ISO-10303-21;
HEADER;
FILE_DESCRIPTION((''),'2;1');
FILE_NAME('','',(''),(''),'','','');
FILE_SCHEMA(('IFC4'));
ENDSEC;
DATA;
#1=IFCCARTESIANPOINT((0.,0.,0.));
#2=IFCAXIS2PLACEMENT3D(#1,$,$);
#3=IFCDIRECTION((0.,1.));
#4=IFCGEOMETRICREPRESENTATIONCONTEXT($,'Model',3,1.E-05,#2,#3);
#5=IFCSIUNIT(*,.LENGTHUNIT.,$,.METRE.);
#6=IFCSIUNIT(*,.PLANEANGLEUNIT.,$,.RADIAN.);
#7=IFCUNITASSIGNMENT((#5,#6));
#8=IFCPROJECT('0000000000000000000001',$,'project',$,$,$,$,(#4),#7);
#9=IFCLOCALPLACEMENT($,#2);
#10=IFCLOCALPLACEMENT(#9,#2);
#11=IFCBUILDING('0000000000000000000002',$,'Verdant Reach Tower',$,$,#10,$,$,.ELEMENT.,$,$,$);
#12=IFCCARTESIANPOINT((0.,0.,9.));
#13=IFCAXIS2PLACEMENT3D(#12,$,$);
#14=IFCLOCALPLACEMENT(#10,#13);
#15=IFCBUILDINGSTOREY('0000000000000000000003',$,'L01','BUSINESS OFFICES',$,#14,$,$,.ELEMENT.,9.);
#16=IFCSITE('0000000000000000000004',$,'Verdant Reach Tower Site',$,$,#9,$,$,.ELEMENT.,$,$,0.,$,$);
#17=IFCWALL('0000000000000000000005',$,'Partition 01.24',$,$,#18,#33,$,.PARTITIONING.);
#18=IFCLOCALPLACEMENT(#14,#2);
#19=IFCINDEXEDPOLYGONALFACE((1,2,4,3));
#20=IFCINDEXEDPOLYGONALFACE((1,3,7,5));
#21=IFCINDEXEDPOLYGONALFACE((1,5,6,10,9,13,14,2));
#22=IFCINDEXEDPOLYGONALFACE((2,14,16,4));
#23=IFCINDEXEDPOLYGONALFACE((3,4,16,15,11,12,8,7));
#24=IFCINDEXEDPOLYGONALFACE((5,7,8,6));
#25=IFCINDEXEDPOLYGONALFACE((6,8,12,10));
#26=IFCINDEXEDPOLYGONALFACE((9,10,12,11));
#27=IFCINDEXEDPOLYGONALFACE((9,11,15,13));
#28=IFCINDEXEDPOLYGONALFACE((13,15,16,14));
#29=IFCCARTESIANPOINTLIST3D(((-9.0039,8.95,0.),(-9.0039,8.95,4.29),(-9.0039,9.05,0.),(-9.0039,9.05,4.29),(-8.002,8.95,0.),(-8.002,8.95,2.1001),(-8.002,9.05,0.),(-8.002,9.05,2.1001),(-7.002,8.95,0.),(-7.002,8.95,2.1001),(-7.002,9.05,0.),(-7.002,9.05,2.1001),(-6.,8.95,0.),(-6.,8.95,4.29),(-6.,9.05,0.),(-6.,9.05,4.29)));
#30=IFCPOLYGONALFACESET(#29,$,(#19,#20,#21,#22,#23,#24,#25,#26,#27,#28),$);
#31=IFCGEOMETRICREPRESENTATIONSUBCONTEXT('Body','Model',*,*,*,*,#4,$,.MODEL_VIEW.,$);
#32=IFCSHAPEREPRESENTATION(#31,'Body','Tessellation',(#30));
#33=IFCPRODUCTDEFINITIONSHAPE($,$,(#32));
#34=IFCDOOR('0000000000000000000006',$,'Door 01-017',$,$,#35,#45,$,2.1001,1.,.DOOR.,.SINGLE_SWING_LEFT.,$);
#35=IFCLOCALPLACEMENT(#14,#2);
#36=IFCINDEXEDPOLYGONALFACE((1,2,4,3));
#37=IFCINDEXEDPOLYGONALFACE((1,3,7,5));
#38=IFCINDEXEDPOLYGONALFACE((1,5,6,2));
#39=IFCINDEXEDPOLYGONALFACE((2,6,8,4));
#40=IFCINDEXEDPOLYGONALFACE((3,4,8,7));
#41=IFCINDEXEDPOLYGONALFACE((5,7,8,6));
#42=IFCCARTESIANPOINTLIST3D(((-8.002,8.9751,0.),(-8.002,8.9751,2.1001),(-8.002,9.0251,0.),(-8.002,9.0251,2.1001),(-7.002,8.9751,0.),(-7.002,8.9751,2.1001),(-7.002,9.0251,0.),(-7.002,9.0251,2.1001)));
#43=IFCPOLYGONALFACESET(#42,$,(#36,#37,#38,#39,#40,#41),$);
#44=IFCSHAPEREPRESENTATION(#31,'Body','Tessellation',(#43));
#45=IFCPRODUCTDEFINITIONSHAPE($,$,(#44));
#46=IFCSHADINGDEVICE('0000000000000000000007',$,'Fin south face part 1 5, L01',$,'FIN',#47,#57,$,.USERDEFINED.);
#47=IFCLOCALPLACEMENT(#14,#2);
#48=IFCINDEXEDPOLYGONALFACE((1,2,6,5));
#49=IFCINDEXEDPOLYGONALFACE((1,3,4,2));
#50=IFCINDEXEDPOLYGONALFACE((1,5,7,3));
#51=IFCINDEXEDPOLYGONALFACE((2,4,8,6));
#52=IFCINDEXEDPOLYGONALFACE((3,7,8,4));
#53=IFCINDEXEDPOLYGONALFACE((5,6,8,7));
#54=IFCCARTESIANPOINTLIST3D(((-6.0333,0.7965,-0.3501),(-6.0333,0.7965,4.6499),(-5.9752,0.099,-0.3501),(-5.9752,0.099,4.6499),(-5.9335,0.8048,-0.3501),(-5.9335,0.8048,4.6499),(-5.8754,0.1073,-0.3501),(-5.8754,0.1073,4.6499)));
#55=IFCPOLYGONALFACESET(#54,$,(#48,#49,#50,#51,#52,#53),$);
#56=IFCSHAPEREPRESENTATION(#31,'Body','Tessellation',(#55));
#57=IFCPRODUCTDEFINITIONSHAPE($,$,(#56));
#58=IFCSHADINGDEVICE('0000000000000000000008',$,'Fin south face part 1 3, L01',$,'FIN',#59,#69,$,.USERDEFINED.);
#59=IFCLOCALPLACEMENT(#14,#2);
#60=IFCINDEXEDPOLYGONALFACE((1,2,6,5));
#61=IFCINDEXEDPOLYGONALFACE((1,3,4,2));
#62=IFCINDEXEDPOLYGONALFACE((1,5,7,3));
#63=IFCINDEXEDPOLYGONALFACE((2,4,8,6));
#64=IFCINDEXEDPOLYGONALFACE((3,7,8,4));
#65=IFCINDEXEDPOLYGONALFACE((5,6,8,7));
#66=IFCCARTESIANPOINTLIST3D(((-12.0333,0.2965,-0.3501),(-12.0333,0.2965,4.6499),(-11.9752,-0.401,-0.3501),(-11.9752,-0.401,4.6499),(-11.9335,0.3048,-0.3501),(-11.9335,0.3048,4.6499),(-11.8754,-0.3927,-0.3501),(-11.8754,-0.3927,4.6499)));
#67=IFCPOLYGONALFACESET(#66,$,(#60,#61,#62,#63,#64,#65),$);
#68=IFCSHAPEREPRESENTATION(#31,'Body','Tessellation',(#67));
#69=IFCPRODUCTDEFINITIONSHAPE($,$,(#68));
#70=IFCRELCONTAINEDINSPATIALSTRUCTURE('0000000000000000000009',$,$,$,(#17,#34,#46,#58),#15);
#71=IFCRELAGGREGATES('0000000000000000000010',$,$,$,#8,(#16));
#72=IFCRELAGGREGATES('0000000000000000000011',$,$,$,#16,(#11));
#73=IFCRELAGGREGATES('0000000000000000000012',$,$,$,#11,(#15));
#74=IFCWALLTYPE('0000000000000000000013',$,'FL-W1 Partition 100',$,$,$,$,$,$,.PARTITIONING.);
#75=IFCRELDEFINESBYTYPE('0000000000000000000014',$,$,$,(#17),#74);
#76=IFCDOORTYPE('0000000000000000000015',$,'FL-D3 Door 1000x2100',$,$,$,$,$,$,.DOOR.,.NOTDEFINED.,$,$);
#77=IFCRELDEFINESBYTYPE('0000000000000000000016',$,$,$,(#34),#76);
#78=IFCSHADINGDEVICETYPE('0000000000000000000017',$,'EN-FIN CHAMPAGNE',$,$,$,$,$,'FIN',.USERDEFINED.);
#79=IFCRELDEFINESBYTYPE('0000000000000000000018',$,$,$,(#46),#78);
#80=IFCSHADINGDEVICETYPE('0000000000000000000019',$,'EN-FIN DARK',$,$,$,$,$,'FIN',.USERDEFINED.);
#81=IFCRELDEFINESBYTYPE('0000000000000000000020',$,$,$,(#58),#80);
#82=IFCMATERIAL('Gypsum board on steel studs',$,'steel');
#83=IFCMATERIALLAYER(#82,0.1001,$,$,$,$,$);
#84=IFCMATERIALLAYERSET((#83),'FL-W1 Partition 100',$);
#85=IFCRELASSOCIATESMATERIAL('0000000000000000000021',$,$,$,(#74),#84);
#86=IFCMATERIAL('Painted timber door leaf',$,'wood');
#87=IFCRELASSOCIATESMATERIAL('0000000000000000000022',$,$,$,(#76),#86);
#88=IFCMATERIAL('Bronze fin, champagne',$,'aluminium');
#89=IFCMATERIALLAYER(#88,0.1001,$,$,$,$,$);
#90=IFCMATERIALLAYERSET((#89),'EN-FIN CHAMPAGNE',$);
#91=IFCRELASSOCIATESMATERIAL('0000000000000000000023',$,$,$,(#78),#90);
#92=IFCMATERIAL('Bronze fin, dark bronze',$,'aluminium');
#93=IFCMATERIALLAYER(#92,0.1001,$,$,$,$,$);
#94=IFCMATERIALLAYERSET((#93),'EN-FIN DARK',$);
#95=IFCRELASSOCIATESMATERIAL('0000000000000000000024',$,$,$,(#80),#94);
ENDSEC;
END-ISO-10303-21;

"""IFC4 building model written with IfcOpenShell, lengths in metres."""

from ifc_helpers import new_model, si_unit, direction, frame, frame_2d, origin, origin_2d, place, context, subcontext, project, spatial, rectangle, extrude, material, layer, layer_set, type_object, element, fill, save


model = new_model("IFC4")

# Units and contexts
model_context = context("Model", 3, precision=1e-05, world=origin(), true_north=direction((0.0, 1.0)))
body_context = subcontext(model_context, "Body", "Model", "MODEL_VIEW")
ifc_project = project(units=[si_unit("LENGTHUNIT", "METRE"), si_unit("PLANEANGLEUNIT", "RADIAN")], contexts=[model_context])

# Site, building, storey
site_placement = place(None, origin())
site = spatial("IfcSite", under=ifc_project, at=site_placement, Name="Verdant Reach Tower Site", CompositionType="ELEMENT", RefElevation=0.0)
building_placement = place(site_placement, origin())
building = spatial("IfcBuilding", under=site, at=building_placement, Name="Verdant Reach Tower", CompositionType="ELEMENT")
storey_placement = place(building_placement, frame((0.0, 0.0, 9.0)))
storey = spatial("IfcBuildingStorey", under=building, at=storey_placement, Name="L01", Description="BUSINESS OFFICES", CompositionType="ELEMENT", Elevation=9.0)

# Shared definitions
ifc_material_1 = material(Name="Gypsum board on steel studs", Category="steel")
ifc_layer_1 = layer(ifc_material_1, 0.1001)
ifc_layer_set_1 = layer_set([ifc_layer_1], Name="FL-W1 Partition 100")
wall_type = type_object("IfcWallType", Name="FL-W1 Partition 100", PredefinedType="PARTITIONING", material=ifc_layer_set_1)

# Shared definitions
ifc_material_2 = material(Name="Painted timber door leaf", Category="wood")
door_type = type_object("IfcDoorType", Name="FL-D3 Door 1000x2100", OperationType="NOTDEFINED", PredefinedType="DOOR", material=ifc_material_2)

# Wall, opening, door
wall_1_placement = place(storey_placement, frame((-6.0, 9.0, 0.0), z_axis=(0.0, 0.0, 1.0), x_axis=(-1.0, 0.0, 0.0)))
wall_1 = element("IfcWall", 1, at=wall_1_placement, inside=storey, type_object=wall_type, Name="Partition 01.24", PredefinedType="PARTITIONING", context=body_context, shape_type="SweptSolid", body=[
    extrude(rectangle(XDim=3.0039, YDim=0.1001, at=frame_2d((1.502, 0.0))), origin(), (0.0, 0.0, 1.0), 4.29),
])
opening_1_placement = place(wall_1_placement, frame((1.002, 0.0, 0.0)))
opening_1 = element("IfcOpeningElement", 2, at=opening_1_placement, cuts=wall_1, PredefinedType="OPENING", context=body_context, shape_type="SweptSolid", body=[
    extrude(rectangle(XDim=1.0, YDim=2.1001, at=frame_2d((0.5, 1.05))), frame((0.0, 0.0601, 0.0), z_axis=(0.0, -1.0, 0.0), x_axis=(1.0, 0.0, 0.0)), (0.0, 0.0, 1.0), 0.1201),
])
door_1_placement = place(opening_1_placement, origin())
door_1 = element("IfcDoor", 3, at=door_1_placement, inside=storey, type_object=door_type, Name="Door 01-017", OperationType="SINGLE_SWING_LEFT", OverallHeight=2.1001, OverallWidth=1.0, PredefinedType="DOOR", context=body_context, shape_type="SweptSolid", body=[
    extrude(rectangle(XDim=1.0, YDim=2.1001, at=frame_2d((0.5, 1.05))), frame((0.0, 0.0249, 0.0), z_axis=(0.0, -1.0, 0.0), x_axis=(1.0, 0.0, 0.0)), (0.0, 0.0, 1.0), 0.05),
])
fill(opening_1, door_1)

# Shading devices
ifc_material_3 = material(Name="Bronze fin, champagne", Category="aluminium")
ifc_layer_2 = layer(ifc_material_3, 0.1001)
ifc_layer_set_2 = layer_set([ifc_layer_2], Name="EN-FIN CHAMPAGNE")
shading_device_type_1 = type_object("IfcShadingDeviceType", Name="EN-FIN CHAMPAGNE", ElementType="FIN", PredefinedType="USERDEFINED", material=ifc_layer_set_2)
shading_device_1_placement = place(storey_placement, frame((-5.9543, 0.4519, -0.3501), z_axis=(0.0, 0.0, 1.0), x_axis=(0.996546, 0.083045, 0.0)))
element("IfcShadingDevice", 4, at=shading_device_1_placement, inside=storey, type_object=shading_device_type_1, Name="Fin south face part 1 5, L01", ObjectType="FIN", PredefinedType="USERDEFINED", context=body_context, shape_type="SweptSolid", body=[
    extrude(rectangle(XDim=0.1001, YDim=0.7, at=origin_2d()), origin(), (0.0, 0.0, 1.0), 5.0),
])
ifc_material_4 = material(Name="Bronze fin, dark bronze", Category="aluminium")
ifc_layer_3 = layer(ifc_material_4, 0.1001)
ifc_layer_set_3 = layer_set([ifc_layer_3], Name="EN-FIN DARK")
shading_device_type_2 = type_object("IfcShadingDeviceType", Name="EN-FIN DARK", ElementType="FIN", PredefinedType="USERDEFINED", material=ifc_layer_set_3)
shading_device_2_placement = place(storey_placement, frame((-11.9543, -0.0481, -0.3501), z_axis=(0.0, 0.0, 1.0), x_axis=(0.996546, 0.083045, 0.0)))
element("IfcShadingDevice", 5, at=shading_device_2_placement, inside=storey, type_object=shading_device_type_2, Name="Fin south face part 1 3, L01", ObjectType="FIN", PredefinedType="USERDEFINED", context=body_context, shape_type="SweptSolid", body=[
    extrude(rectangle(XDim=0.1001, YDim=0.7, at=origin_2d()), origin(), (0.0, 0.0, 1.0), 5.0),
])

save(model, "model.ifc")
